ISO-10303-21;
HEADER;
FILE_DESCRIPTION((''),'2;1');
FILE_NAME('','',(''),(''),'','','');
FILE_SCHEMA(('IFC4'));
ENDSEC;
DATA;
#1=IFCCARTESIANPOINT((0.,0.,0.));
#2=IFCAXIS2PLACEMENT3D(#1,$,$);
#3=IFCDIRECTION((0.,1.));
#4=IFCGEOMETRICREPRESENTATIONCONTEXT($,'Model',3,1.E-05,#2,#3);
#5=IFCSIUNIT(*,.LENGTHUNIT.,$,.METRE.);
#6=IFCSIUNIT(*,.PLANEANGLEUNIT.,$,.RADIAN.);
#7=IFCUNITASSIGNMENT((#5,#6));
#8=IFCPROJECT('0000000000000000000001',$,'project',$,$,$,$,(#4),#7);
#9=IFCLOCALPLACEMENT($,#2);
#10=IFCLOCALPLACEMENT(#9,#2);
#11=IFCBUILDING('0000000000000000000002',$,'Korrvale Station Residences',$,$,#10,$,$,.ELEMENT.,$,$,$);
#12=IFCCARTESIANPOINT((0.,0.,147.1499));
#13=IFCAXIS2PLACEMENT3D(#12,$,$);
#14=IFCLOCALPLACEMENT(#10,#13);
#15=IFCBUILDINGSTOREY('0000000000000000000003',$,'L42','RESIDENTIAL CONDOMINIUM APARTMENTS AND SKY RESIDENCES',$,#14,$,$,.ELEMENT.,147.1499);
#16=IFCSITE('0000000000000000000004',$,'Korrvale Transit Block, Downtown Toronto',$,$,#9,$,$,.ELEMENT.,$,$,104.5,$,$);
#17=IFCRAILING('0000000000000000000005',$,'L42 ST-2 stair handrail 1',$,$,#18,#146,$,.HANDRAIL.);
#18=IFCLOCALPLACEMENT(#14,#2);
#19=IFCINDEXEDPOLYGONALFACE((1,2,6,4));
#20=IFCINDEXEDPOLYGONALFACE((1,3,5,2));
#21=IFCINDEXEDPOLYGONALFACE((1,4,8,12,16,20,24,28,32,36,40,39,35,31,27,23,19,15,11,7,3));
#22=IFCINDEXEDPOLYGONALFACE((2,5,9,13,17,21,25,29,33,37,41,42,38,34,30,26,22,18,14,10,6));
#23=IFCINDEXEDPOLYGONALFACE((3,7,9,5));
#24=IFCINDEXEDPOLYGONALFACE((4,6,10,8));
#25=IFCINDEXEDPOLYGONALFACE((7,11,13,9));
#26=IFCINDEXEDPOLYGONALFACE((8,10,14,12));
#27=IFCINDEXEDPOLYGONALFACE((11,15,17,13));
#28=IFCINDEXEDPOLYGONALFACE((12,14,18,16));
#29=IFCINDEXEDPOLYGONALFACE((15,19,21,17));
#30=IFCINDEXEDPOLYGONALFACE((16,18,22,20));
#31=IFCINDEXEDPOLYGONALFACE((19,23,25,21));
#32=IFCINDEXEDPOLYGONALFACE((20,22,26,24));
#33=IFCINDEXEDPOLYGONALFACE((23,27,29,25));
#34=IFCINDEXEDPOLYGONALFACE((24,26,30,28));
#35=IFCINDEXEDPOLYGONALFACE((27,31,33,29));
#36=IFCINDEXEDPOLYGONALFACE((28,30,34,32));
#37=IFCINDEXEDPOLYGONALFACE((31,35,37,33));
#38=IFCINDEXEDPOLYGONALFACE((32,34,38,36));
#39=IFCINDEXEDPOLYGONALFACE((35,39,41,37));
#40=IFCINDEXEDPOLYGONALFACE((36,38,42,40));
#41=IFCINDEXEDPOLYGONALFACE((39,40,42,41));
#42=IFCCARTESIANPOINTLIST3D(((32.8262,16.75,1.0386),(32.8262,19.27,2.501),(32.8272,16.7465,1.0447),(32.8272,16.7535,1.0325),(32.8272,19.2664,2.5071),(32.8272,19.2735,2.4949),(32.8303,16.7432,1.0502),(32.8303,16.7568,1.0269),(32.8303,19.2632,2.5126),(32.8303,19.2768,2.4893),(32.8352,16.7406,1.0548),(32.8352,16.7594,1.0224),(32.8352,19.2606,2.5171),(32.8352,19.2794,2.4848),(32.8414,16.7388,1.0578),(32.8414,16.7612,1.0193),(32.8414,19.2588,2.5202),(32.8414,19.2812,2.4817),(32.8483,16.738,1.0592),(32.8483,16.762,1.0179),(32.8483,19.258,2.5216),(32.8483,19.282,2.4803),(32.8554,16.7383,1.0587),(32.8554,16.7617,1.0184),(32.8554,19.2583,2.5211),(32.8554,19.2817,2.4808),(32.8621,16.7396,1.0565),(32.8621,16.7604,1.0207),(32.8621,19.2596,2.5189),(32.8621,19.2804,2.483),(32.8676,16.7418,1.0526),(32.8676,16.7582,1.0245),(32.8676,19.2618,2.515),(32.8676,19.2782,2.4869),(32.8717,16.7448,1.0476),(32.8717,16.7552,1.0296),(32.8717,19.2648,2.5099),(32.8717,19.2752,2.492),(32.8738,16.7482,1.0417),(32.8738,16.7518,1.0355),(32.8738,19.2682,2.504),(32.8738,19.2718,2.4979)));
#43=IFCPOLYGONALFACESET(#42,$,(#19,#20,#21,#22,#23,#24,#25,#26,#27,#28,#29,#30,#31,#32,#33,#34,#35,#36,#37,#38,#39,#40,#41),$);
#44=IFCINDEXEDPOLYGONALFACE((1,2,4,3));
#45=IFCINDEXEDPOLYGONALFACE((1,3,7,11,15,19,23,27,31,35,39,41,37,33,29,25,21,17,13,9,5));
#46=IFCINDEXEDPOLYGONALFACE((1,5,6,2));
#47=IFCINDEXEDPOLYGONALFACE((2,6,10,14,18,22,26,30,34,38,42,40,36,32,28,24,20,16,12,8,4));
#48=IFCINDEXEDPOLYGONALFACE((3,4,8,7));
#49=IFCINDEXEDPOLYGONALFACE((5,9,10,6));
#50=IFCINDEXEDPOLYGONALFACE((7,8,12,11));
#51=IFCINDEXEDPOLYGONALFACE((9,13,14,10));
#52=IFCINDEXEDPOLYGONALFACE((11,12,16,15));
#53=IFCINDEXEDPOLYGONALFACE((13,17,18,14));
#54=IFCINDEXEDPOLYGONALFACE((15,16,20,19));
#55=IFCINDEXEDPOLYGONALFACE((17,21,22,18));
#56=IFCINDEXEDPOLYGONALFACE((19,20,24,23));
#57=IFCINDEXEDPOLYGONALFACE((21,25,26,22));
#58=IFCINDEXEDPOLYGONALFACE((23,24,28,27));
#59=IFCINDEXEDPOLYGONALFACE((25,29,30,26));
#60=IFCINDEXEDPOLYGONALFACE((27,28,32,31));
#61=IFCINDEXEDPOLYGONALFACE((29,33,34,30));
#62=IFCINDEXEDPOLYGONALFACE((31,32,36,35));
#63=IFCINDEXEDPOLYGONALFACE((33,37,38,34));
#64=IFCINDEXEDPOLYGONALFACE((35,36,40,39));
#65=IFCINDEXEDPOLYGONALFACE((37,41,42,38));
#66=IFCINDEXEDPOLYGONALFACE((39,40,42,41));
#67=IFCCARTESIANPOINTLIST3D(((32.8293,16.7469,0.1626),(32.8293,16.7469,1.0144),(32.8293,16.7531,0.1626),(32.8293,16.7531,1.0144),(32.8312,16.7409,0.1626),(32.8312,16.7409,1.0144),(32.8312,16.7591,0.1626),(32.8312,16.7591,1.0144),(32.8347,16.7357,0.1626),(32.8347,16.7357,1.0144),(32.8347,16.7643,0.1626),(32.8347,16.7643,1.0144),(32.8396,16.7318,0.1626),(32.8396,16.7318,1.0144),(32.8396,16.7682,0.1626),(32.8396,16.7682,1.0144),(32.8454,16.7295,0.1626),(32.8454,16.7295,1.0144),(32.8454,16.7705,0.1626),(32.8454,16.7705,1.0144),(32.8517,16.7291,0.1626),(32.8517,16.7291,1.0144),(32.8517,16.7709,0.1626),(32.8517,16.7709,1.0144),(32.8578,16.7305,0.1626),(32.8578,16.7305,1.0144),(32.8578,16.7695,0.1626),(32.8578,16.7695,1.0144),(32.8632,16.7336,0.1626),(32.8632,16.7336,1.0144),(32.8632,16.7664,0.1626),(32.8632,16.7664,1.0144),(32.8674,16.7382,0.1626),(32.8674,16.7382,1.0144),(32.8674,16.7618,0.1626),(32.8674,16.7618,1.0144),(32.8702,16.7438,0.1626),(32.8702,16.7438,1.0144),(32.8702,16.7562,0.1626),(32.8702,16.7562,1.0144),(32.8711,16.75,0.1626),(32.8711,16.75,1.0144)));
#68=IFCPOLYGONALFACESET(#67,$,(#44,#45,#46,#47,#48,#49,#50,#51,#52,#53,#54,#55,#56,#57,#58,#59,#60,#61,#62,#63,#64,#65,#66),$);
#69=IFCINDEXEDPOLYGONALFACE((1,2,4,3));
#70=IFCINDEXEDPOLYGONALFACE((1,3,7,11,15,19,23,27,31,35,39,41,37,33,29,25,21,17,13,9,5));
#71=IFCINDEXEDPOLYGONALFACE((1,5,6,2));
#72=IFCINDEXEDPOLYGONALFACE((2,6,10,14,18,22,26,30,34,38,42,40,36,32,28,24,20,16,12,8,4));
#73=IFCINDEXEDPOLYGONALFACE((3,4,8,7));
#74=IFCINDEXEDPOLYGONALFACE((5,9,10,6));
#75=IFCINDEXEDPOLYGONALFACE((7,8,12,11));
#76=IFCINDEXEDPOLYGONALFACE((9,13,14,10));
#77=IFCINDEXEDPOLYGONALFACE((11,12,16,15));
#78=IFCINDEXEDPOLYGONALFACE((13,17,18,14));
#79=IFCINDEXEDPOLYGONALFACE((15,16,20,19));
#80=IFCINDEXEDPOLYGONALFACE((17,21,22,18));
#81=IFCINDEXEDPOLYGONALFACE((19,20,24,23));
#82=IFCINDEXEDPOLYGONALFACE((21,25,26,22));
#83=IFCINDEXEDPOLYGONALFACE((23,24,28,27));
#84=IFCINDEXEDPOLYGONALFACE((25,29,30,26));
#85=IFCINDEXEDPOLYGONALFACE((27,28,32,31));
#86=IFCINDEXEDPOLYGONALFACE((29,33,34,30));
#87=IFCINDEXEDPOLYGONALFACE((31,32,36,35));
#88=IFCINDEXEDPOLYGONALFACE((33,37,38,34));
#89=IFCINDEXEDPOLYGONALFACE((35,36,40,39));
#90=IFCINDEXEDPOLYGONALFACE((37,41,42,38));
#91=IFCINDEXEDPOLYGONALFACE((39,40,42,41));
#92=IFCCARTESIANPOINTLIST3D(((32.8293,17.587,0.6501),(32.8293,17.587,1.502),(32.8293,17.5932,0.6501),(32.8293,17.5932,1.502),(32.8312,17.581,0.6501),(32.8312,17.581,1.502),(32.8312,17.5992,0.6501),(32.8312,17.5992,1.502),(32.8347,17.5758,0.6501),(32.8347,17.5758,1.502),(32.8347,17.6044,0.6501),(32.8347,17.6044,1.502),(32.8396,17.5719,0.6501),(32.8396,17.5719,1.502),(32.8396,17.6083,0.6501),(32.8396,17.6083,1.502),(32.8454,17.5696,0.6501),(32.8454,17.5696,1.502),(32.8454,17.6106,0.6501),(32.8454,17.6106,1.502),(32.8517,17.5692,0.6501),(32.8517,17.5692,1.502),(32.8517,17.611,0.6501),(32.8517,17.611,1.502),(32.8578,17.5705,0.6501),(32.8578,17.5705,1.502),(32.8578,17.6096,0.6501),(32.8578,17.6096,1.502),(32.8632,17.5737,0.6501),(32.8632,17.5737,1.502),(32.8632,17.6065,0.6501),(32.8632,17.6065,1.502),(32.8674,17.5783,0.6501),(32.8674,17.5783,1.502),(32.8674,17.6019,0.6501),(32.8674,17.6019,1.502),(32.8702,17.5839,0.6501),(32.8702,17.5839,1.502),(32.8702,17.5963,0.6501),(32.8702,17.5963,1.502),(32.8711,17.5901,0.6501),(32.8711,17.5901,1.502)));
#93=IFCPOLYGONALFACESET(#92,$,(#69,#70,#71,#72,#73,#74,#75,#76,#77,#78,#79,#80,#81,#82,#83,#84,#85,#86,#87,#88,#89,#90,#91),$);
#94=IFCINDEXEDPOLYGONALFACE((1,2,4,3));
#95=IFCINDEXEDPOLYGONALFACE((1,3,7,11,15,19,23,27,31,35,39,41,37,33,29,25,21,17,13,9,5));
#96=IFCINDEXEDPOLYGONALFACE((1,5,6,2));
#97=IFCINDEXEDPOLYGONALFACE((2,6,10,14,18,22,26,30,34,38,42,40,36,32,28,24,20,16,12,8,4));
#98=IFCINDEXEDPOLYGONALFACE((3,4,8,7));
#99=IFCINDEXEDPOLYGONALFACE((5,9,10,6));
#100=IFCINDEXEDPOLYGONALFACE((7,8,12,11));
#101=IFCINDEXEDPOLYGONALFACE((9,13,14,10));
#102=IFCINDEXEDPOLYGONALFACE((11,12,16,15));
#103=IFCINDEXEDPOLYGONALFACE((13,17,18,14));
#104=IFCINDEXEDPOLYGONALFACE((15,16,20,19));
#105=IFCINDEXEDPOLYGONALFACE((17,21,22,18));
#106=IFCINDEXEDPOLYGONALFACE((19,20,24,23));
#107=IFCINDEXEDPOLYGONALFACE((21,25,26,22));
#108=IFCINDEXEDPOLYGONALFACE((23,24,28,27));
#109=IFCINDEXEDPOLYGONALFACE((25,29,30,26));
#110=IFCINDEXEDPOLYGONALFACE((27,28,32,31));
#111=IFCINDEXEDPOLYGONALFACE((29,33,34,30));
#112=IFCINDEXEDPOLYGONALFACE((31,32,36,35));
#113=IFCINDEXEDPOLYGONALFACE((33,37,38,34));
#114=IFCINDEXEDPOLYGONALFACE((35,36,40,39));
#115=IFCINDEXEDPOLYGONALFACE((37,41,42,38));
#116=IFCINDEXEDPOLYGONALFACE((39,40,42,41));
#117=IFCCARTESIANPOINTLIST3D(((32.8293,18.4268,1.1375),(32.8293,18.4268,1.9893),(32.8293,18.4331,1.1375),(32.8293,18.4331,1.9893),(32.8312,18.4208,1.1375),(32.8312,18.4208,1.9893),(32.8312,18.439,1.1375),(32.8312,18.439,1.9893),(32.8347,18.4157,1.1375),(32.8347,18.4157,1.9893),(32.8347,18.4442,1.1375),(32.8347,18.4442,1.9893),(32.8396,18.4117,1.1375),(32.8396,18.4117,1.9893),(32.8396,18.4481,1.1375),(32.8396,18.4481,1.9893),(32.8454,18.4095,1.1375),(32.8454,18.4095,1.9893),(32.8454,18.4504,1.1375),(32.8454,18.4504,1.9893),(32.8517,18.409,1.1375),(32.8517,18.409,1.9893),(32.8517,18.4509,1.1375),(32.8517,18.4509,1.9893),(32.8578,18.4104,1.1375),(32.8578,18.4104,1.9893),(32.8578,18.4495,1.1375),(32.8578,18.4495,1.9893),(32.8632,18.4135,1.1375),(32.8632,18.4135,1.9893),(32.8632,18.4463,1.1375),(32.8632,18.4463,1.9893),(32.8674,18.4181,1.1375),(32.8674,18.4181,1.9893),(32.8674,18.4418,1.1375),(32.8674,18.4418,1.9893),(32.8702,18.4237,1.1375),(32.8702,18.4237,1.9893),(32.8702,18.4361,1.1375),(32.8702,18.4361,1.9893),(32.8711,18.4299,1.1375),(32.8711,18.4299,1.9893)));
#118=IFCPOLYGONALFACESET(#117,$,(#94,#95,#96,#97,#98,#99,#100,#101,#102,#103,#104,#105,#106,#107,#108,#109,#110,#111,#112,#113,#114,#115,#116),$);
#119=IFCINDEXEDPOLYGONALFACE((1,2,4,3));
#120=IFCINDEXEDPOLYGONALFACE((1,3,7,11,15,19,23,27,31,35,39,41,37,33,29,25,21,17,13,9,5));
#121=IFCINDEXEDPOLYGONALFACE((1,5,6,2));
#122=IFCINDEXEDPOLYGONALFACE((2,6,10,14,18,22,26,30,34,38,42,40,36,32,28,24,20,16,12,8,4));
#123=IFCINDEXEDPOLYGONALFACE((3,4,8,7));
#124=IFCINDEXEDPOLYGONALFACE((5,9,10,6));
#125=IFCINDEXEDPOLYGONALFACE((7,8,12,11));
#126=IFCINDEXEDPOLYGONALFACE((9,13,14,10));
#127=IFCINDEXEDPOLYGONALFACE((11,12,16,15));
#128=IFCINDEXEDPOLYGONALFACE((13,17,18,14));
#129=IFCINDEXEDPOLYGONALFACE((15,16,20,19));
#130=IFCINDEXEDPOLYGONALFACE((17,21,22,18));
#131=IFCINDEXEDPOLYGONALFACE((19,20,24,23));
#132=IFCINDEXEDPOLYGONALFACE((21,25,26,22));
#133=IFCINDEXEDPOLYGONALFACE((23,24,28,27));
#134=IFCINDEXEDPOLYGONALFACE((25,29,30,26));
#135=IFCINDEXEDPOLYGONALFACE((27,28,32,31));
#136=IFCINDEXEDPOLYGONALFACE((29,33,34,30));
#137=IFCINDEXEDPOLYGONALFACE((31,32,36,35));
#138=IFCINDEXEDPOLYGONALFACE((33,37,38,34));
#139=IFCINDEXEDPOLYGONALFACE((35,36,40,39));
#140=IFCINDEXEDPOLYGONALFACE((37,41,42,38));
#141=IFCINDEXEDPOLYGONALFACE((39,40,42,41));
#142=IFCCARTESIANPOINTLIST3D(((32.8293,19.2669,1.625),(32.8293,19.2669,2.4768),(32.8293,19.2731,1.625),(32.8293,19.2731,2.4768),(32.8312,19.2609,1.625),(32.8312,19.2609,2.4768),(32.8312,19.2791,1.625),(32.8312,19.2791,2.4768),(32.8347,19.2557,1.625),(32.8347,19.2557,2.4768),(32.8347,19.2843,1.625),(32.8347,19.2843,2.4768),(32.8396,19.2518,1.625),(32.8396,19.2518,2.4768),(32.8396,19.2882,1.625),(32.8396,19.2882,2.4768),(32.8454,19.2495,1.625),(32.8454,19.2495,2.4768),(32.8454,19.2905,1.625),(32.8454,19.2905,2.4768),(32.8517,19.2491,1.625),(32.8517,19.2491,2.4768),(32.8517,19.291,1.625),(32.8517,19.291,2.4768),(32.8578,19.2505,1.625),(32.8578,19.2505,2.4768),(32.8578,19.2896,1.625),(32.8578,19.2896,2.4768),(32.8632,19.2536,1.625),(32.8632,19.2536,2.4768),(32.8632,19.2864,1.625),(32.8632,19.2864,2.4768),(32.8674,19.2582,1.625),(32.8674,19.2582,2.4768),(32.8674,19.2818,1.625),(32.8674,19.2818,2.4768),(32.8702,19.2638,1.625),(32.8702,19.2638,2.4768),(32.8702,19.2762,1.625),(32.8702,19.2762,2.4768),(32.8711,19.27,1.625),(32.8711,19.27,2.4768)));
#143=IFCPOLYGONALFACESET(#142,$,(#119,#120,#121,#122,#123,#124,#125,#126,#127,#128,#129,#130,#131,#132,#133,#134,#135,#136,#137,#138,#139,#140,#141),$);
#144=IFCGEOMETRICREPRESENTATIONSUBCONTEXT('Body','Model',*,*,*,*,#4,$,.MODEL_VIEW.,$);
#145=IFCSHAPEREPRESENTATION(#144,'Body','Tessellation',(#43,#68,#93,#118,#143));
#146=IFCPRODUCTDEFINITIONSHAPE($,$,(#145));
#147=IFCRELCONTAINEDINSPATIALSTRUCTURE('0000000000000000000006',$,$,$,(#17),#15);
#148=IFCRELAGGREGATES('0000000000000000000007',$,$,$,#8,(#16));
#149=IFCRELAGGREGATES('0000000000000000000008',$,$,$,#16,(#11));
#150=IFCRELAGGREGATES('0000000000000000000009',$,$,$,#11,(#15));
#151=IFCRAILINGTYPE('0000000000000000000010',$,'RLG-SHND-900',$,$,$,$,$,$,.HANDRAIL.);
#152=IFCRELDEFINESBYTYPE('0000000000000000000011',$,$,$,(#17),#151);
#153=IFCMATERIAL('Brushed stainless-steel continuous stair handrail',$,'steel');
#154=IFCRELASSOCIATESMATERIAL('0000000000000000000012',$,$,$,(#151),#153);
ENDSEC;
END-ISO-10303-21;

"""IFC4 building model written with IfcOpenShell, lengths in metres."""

from ifc_helpers import new_model, si_unit, direction, frame, origin, origin_2d, place, context, subcontext, project, spatial, circle, extrude, material, type_object, element, save


model = new_model("IFC4")

# Units and contexts
model_context = context("Model", 3, precision=1e-05, world=origin(), true_north=direction((0.0, 1.0)))
body_context = subcontext(model_context, "Body", "Model", "MODEL_VIEW")
ifc_project = project(units=[si_unit("LENGTHUNIT", "METRE"), si_unit("PLANEANGLEUNIT", "RADIAN")], contexts=[model_context])

# Site, building, storey
site_placement = place(None, origin())
site = spatial("IfcSite", under=ifc_project, at=site_placement, Name="Korrvale Transit Block, Downtown Toronto", CompositionType="ELEMENT", RefElevation=104.5)
building_placement = place(site_placement, origin())
building = spatial("IfcBuilding", under=site, at=building_placement, Name="Korrvale Station Residences", CompositionType="ELEMENT")
storey_placement = place(building_placement, frame((0.0, 0.0, 147.1499)))
storey = spatial("IfcBuildingStorey", under=building, at=storey_placement, Name="L42", Description="RESIDENTIAL CONDOMINIUM APARTMENTS AND SKY RESIDENCES", CompositionType="ELEMENT", Elevation=147.1499)

# Railing
ifc_material_1 = material(Name="Brushed stainless-steel continuous stair handrail", Category="steel")
railing_type_1 = type_object("IfcRailingType", Name="RLG-SHND-900", PredefinedType="HANDRAIL", material=ifc_material_1)
railing_1_placement = place(storey_placement, frame((32.8501, 16.75, 0.1626)))
element("IfcRailing", 1, at=railing_1_placement, inside=storey, type_object=railing_type_1, Name="L42 ST-2 stair handrail 1", PredefinedType="HANDRAIL", context=body_context, shape_type="SweptSolid", body=[
    extrude(circle(Radius=0.0239, at=origin_2d()), frame((0.0, 0.0, 0.876), z_axis=(0.0, 0.864913, 0.501921), x_axis=(-1.0, 0.0, 0.0)), (0.0, 0.0, 1.0), 2.9136),
    extrude(circle(Radius=0.021, at=origin_2d()), origin(), (0.0, 0.0, 1.0), 0.8518),
    extrude(circle(Radius=0.021, at=origin_2d()), frame((0.0, 0.8401, 0.4875)), (0.0, 0.0, 1.0), 0.8518),
    extrude(circle(Radius=0.021, at=origin_2d()), frame((0.0, 1.6799, 0.9749)), (0.0, 0.0, 1.0), 0.8518),
    extrude(circle(Radius=0.021, at=origin_2d()), frame((0.0, 2.52, 1.4624)), (0.0, 0.0, 1.0), 0.8518),
])

save(model, "model.ifc")
